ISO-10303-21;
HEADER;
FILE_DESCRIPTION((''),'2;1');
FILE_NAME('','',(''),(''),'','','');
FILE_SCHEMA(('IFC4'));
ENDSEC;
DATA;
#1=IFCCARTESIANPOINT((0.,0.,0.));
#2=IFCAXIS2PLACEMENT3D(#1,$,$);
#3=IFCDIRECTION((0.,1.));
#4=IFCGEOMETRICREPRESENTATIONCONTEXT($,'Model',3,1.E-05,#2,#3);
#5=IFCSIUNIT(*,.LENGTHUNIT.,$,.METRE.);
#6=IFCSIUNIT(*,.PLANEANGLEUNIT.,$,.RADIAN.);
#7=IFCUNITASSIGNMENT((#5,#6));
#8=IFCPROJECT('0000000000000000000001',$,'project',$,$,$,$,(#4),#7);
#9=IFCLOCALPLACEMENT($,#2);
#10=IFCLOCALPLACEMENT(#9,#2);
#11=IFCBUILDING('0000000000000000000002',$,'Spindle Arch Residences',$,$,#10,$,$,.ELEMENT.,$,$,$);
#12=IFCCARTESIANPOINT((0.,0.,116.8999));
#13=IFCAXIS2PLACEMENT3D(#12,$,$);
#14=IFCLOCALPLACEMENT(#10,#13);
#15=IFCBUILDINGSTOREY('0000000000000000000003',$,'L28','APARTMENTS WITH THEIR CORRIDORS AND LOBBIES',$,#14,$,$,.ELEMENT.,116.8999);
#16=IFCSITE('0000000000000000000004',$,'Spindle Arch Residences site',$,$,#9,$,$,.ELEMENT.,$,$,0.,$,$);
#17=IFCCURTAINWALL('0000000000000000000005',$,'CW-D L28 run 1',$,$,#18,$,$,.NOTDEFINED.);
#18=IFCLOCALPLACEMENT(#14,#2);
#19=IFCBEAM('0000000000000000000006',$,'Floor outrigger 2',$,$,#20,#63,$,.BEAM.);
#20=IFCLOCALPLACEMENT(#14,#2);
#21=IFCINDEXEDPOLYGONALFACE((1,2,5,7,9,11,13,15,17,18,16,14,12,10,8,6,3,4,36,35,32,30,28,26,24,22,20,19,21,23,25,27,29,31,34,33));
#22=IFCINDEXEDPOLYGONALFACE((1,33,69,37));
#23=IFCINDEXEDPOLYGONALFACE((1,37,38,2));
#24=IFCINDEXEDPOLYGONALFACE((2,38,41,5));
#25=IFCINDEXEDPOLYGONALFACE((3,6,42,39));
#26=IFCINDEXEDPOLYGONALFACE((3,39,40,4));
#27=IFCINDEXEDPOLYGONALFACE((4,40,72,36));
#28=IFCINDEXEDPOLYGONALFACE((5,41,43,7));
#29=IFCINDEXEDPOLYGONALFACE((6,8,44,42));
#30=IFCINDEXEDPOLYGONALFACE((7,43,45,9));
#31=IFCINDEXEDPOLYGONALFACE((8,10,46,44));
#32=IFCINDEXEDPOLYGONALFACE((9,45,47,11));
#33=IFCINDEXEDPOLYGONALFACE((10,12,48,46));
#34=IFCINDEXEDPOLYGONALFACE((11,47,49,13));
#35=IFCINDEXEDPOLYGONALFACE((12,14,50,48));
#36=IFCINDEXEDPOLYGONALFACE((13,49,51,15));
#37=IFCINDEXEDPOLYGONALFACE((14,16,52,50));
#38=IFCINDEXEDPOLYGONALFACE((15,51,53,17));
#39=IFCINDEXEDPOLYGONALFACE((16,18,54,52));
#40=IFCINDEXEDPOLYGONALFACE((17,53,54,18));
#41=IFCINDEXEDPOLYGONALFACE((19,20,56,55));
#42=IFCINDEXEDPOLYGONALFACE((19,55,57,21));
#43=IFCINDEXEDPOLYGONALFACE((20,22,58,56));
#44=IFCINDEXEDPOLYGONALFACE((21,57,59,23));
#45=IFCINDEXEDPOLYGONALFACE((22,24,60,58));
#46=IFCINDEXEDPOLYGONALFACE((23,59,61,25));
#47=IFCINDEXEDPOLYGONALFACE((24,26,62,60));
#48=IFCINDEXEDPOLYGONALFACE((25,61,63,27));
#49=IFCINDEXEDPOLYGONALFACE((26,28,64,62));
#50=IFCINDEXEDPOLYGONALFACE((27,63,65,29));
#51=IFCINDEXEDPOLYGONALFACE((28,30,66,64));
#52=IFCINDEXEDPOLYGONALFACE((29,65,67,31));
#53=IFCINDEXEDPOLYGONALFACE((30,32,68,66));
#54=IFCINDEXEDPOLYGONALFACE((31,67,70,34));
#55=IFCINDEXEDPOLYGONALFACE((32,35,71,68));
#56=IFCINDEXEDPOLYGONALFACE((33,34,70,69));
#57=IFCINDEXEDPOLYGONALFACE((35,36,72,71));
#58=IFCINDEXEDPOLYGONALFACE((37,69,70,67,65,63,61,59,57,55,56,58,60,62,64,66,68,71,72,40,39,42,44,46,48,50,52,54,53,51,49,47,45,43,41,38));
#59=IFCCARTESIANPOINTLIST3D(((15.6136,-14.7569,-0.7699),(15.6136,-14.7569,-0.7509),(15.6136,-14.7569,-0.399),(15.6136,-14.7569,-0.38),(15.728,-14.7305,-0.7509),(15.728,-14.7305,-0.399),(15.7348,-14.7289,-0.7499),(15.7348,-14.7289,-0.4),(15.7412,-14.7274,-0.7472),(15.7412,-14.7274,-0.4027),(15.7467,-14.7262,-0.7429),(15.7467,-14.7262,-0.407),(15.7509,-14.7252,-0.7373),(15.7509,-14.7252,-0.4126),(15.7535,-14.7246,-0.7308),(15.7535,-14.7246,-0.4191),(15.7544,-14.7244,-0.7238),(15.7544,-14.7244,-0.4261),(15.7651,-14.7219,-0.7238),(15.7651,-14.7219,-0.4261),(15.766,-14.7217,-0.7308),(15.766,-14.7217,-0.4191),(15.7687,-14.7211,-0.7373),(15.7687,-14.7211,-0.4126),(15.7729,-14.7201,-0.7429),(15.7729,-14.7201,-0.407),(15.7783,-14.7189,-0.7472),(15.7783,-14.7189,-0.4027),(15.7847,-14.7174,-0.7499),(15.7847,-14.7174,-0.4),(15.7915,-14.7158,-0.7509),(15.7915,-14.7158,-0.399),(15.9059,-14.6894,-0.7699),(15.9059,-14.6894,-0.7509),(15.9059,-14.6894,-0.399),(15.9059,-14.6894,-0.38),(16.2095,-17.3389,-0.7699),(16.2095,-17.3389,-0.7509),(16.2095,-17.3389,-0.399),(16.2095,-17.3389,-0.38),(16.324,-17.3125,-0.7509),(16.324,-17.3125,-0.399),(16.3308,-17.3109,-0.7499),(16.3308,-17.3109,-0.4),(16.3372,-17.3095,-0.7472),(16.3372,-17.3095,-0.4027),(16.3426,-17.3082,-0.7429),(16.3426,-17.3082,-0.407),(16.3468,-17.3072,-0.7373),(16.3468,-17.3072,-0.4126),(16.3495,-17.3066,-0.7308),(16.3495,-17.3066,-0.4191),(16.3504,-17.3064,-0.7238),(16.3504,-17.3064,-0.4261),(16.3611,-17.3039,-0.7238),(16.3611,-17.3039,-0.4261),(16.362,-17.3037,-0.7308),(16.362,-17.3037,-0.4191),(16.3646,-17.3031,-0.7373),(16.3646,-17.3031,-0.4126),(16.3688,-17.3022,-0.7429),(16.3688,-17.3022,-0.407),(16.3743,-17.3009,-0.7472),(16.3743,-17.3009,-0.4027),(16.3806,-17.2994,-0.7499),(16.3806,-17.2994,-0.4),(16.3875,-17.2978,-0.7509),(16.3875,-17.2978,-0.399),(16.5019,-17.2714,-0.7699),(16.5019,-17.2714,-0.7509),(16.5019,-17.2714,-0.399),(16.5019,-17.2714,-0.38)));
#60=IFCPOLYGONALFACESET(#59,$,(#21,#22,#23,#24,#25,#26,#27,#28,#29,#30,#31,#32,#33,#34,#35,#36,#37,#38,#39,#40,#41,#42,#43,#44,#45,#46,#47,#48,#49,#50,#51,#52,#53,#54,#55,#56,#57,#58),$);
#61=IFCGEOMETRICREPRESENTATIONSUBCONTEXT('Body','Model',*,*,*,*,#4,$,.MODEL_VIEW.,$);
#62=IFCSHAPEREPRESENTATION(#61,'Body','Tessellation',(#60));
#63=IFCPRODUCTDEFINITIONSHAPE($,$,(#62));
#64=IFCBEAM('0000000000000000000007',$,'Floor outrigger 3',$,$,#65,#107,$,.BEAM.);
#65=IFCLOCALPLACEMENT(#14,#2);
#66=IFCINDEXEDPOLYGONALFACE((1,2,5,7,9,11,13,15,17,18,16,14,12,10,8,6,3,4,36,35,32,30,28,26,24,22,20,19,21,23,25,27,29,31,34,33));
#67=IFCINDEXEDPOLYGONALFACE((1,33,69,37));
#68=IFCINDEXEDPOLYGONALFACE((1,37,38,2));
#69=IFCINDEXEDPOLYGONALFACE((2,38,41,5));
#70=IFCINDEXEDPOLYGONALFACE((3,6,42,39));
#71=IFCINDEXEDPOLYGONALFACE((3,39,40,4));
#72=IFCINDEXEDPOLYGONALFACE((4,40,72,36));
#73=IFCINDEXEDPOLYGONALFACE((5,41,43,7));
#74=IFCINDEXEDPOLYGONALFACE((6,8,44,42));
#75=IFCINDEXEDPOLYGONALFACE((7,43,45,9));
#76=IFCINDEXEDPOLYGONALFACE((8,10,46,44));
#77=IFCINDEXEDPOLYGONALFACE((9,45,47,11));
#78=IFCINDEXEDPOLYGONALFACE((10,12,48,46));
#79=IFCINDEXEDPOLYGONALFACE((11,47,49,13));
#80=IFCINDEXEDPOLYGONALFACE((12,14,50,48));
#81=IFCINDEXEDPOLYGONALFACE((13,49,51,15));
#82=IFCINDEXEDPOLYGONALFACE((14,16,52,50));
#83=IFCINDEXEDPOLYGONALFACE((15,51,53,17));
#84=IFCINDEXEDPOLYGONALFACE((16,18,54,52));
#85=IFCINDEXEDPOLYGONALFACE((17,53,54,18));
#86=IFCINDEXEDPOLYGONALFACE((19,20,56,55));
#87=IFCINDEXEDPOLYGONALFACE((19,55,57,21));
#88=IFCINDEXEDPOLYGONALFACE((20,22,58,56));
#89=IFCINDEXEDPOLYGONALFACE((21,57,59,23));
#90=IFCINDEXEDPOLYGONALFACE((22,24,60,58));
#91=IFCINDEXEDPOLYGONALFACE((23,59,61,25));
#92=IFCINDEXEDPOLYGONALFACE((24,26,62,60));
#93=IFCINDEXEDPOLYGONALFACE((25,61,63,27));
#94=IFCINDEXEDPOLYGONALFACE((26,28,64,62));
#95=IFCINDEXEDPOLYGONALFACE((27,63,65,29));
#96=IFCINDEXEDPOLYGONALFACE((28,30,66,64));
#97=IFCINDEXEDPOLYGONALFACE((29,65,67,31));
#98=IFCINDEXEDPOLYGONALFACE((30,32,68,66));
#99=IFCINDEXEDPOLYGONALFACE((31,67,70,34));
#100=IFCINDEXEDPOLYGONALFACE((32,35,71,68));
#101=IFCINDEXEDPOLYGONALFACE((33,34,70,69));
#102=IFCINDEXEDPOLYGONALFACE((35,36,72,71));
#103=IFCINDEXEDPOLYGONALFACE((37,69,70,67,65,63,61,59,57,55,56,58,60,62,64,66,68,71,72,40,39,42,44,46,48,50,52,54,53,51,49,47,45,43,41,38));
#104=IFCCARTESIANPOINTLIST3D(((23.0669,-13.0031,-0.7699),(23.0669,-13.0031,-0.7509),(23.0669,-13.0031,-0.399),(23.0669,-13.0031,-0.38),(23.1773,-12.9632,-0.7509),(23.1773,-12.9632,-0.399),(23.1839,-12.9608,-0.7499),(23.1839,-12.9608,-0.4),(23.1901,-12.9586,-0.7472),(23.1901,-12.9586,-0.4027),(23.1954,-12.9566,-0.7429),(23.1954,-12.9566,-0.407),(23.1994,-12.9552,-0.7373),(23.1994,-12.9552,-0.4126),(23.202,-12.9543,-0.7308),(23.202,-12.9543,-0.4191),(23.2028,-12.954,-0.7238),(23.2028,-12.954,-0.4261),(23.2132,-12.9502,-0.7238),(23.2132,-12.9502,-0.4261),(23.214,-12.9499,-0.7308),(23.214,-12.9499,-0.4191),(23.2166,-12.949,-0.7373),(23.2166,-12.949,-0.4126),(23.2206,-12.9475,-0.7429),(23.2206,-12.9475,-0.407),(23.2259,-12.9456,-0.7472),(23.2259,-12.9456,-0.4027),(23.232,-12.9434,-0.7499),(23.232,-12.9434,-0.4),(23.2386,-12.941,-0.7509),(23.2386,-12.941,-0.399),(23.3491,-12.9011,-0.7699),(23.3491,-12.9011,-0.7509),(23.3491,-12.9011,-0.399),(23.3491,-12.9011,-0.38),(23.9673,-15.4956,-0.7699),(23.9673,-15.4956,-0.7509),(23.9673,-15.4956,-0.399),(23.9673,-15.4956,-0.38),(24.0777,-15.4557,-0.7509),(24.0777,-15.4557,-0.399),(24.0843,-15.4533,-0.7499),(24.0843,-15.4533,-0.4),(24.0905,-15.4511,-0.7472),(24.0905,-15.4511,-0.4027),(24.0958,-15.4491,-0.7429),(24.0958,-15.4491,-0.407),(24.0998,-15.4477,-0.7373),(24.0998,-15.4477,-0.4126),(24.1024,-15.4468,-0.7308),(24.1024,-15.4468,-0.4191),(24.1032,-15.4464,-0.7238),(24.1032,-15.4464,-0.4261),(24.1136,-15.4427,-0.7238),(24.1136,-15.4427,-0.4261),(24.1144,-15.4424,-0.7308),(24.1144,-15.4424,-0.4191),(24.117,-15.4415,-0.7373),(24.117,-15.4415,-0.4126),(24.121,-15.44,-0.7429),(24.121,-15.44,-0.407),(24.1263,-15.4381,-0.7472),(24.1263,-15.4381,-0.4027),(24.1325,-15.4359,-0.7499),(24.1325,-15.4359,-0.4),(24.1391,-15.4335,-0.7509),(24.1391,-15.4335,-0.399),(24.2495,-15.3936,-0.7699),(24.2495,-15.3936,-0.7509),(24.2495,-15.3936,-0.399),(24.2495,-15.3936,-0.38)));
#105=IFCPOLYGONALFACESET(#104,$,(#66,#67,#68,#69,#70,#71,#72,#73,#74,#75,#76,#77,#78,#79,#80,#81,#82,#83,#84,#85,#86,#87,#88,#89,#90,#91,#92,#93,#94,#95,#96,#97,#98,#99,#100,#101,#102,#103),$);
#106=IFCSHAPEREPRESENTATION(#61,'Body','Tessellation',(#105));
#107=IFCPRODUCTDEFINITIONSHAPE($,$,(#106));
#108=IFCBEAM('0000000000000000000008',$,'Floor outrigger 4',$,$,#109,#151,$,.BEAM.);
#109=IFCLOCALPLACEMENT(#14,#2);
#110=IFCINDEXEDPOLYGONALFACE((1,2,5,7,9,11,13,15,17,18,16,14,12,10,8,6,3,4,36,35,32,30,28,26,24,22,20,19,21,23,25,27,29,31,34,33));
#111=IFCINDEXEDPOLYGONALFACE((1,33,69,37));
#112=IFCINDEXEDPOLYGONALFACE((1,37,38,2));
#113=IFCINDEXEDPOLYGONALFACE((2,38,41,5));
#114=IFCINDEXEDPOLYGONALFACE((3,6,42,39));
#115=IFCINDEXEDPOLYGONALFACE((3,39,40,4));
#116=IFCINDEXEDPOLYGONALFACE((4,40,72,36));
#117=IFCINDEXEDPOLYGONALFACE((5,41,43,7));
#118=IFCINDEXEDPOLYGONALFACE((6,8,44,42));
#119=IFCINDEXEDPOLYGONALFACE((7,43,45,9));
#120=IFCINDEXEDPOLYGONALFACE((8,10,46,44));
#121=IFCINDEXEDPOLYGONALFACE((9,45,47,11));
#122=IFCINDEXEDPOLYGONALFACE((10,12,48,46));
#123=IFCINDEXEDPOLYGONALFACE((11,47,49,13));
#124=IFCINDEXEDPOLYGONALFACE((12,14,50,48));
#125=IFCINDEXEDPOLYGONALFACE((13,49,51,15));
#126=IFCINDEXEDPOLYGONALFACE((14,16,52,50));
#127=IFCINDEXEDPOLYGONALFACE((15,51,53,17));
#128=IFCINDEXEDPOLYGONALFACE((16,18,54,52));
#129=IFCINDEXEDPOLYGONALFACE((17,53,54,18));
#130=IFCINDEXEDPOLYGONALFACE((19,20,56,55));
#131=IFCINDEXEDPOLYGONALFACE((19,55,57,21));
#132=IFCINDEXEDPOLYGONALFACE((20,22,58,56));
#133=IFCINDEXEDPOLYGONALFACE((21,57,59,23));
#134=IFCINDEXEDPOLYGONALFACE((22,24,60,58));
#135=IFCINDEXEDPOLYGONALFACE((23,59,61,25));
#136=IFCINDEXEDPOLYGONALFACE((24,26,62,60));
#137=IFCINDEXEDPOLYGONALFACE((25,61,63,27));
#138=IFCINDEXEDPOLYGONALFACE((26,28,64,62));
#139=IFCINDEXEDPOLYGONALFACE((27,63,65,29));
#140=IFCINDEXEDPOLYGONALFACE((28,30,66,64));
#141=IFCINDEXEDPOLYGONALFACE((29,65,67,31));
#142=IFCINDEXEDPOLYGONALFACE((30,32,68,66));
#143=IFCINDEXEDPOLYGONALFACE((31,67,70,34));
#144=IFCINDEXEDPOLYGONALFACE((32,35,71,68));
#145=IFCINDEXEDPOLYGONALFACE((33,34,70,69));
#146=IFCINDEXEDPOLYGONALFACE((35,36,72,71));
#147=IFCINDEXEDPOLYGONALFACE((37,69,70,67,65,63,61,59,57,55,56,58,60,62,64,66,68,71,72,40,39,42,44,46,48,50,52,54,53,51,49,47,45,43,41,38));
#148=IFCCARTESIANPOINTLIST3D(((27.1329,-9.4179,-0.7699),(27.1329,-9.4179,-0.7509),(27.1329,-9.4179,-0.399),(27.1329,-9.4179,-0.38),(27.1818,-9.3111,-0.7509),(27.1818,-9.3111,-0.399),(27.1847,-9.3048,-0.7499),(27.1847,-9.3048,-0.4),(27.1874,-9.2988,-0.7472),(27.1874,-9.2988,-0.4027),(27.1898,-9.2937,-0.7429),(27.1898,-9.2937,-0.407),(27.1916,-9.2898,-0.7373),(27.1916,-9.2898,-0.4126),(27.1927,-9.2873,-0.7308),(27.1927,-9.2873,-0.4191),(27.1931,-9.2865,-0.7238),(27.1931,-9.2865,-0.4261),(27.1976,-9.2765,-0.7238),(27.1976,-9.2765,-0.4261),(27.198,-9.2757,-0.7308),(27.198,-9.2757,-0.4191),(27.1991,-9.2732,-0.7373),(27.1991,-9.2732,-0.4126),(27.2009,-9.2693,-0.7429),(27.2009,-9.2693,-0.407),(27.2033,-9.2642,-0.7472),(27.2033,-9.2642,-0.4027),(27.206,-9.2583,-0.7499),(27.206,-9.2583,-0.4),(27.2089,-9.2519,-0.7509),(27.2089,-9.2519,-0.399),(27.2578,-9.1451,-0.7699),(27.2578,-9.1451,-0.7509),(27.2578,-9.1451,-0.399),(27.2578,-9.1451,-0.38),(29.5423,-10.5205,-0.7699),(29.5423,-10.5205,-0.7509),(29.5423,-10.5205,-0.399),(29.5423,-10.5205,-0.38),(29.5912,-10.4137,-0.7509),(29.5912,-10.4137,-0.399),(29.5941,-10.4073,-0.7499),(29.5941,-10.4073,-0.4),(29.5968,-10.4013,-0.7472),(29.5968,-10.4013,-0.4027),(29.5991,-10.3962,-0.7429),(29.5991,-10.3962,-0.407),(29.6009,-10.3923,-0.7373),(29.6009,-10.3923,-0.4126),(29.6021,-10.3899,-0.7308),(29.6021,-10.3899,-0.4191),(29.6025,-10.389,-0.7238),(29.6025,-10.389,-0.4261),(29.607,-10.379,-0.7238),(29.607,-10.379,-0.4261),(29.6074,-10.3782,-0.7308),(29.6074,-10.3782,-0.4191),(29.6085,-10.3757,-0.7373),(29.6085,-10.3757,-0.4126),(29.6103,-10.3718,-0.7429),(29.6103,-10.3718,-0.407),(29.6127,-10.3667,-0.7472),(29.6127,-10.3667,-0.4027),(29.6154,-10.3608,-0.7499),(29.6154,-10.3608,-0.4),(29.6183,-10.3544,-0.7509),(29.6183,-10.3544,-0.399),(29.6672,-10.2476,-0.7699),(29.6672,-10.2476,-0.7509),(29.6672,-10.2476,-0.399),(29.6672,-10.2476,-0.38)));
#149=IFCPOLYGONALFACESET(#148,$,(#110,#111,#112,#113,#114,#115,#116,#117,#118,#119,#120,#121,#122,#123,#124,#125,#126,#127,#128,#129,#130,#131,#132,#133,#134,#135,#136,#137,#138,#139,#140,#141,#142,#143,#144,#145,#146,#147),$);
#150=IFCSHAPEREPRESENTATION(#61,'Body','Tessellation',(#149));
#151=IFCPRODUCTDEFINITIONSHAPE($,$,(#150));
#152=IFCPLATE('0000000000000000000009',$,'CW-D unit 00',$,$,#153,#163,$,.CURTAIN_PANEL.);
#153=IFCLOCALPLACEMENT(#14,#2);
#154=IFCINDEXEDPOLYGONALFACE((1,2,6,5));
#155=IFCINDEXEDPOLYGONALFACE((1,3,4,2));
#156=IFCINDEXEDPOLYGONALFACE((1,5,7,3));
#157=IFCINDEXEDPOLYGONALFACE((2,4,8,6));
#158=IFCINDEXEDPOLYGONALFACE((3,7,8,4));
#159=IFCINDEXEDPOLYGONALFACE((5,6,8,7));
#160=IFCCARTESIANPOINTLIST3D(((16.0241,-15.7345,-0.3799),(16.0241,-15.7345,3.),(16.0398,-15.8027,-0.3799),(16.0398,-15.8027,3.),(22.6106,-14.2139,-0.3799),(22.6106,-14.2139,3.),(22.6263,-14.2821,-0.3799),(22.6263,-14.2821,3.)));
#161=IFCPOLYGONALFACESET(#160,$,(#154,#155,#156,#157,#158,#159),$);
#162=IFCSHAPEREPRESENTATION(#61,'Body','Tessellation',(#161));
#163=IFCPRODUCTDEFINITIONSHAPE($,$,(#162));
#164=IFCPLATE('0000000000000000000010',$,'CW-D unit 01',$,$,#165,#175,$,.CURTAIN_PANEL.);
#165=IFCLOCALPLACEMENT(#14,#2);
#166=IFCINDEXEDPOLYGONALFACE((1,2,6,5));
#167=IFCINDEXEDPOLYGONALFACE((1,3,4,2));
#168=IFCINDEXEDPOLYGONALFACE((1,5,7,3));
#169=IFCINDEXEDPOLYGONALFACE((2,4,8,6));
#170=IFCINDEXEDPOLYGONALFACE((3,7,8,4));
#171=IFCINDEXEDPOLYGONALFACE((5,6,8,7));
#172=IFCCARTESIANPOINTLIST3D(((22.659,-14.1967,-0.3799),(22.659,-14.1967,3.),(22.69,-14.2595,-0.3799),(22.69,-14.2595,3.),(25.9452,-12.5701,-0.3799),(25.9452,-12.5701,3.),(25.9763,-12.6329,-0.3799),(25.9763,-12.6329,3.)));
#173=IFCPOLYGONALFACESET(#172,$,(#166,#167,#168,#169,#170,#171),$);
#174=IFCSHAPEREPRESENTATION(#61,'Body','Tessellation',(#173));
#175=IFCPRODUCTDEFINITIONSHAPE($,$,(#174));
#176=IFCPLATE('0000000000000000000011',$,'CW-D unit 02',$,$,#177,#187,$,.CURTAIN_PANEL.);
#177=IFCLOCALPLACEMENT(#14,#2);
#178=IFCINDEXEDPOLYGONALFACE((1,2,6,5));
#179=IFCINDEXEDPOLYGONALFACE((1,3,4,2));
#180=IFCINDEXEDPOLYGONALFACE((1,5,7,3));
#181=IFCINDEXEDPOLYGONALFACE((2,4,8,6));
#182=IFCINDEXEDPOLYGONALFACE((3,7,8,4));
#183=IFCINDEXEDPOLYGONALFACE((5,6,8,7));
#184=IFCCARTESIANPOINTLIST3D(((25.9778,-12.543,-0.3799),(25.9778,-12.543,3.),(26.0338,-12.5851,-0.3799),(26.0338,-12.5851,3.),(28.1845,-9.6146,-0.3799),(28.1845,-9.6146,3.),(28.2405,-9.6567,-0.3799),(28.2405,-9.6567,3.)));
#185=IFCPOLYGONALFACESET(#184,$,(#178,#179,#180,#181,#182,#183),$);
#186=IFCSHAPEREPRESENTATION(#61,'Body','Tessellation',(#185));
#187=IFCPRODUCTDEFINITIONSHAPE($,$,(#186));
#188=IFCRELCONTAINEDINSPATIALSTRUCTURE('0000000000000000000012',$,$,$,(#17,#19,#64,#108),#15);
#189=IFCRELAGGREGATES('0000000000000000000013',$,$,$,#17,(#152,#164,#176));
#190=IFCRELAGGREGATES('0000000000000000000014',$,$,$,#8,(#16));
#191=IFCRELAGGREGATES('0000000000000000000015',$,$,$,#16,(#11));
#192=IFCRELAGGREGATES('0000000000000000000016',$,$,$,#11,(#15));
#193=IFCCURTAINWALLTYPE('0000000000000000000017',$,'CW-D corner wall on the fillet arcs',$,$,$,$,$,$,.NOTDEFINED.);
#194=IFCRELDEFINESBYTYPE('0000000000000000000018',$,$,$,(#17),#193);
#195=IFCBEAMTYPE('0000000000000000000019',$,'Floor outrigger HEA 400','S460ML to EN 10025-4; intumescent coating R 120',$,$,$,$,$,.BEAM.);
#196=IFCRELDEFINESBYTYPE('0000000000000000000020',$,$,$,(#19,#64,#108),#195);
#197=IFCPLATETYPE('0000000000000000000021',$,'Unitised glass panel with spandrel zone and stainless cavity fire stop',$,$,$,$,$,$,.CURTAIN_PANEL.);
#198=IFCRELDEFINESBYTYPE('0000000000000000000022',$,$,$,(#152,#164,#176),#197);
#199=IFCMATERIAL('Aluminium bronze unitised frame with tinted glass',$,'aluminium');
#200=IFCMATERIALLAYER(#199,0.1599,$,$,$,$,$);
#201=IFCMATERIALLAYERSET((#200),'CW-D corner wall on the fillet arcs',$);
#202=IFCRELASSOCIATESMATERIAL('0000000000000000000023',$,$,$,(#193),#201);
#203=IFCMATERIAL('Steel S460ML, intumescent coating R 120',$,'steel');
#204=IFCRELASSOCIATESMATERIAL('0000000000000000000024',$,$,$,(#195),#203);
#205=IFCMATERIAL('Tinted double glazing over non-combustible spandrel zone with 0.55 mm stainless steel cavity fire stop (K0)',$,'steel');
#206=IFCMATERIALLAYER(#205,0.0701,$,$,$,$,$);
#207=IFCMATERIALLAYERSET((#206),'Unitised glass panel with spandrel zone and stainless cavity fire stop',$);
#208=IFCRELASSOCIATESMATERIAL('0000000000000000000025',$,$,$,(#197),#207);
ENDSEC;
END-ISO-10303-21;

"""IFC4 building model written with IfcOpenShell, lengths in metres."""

from ifc_helpers import new_model, si_unit, direction, frame, origin, origin_2d, place, context, subcontext, project, spatial, rectangle, i_section, extrude, material, layer, layer_set, material_profile, profile_set, type_object, element, aggregate, save


model = new_model("IFC4")

# Units and contexts
model_context = context("Model", 3, precision=1e-05, world=origin(), true_north=direction((0.0, 1.0)))
body_context = subcontext(model_context, "Body", "Model", "MODEL_VIEW")
ifc_project = project(units=[si_unit("LENGTHUNIT", "METRE"), si_unit("PLANEANGLEUNIT", "RADIAN")], contexts=[model_context])

# Site, building, storey
site_placement = place(None, origin())
site = spatial("IfcSite", under=ifc_project, at=site_placement, Name="Spindle Arch Residences site", CompositionType="ELEMENT", RefElevation=0.0)
building_placement = place(site_placement, origin())
building = spatial("IfcBuilding", under=site, at=building_placement, Name="Spindle Arch Residences", CompositionType="ELEMENT")
storey_placement = place(building_placement, frame((0.0, 0.0, 116.8999)))
storey = spatial("IfcBuildingStorey", under=building, at=storey_placement, Name="L28", Description="APARTMENTS WITH THEIR CORRIDORS AND LOBBIES", CompositionType="ELEMENT", Elevation=116.8999)

# Curtain wall
ifc_material_1 = material(Name="Aluminium bronze unitised frame with tinted glass", Category="aluminium")
ifc_layer_1 = layer(ifc_material_1, 0.1599)
ifc_layer_set_1 = layer_set([ifc_layer_1], Name="CW-D corner wall on the fillet arcs")
curtain_wall_type = type_object("IfcCurtainWallType", Name="CW-D corner wall on the fillet arcs", PredefinedType="NOTDEFINED", material=ifc_layer_set_1)
curtain_wall_placement = place(storey_placement, origin())
curtain_wall = element("IfcCurtainWall", 1, at=curtain_wall_placement, inside=storey, type_object=curtain_wall_type, Name="CW-D L28 run 1", PredefinedType="NOTDEFINED")

# Beams
ifc_material_2 = material(Name="Steel S460ML, intumescent coating R 120", Category="steel")
ifc_material_profile_1 = material_profile(ifc_material_2, i_section(OverallWidth=0.3, OverallDepth=0.3899, WebThickness=0.011, FlangeThickness=0.019, FilletRadius=0.0271, at=origin_2d()), Name="HEA 400")
ifc_profile_set_1 = profile_set([ifc_material_profile_1], Name="Steel S460ML, intumescent coating R 120")
beam_type_1 = type_object("IfcBeamType", Name="Floor outrigger HEA 400", Description="S460ML to EN 10025-4; intumescent coating R 120", PredefinedType="BEAM", material=ifc_profile_set_1)
beam_1_placement = place(storey_placement, frame((16.3557, -17.3052, -0.575), z_axis=(-0.224893, 0.974383, 0.0), x_axis=(-0.974383, -0.224893, 0.0)))
element("IfcBeam", 2, at=beam_1_placement, inside=storey, type_object=beam_type_1, Name="Floor outrigger 2", PredefinedType="BEAM", context=body_context, shape_type="SweptSolid", body=[
    extrude(i_section(OverallWidth=0.3, OverallDepth=0.3899, WebThickness=0.011, FlangeThickness=0.019, FilletRadius=0.0271, at=origin_2d()), origin(), (0.0, 0.0, 1.0), 2.6499),
])
beam_2_placement = place(storey_placement, frame((24.1084, -15.4446, -0.575), z_axis=(-0.33976, 0.940512, 0.0), x_axis=(-0.940512, -0.33976, 0.0)))
element("IfcBeam", 3, at=beam_2_placement, inside=storey, type_object=beam_type_1, Name="Floor outrigger 3", PredefinedType="BEAM", context=body_context, shape_type="SweptSolid", body=[
    extrude(i_section(OverallWidth=0.3, OverallDepth=0.3899, WebThickness=0.011, FlangeThickness=0.019, FilletRadius=0.0271, at=origin_2d()), origin(), (0.0, 0.0, 1.0), 2.6501),
])
beam_3_placement = place(storey_placement, frame((29.6047, -10.384, -0.575), z_axis=(-0.909319, 0.416099, 0.0), x_axis=(-0.416099, -0.909319, 0.0)))
element("IfcBeam", 4, at=beam_3_placement, inside=storey, type_object=beam_type_1, Name="Floor outrigger 4", PredefinedType="BEAM", context=body_context, shape_type="SweptSolid", body=[
    extrude(i_section(OverallWidth=0.3, OverallDepth=0.3899, WebThickness=0.011, FlangeThickness=0.019, FilletRadius=0.0271, at=origin_2d()), origin(), (0.0, 0.0, 1.0), 2.6497),
])

# Plates
ifc_material_3 = material(Name="Tinted double glazing over non-combustible spandrel zone with 0.55 mm stainless steel cavity fire stop (K0)", Category="steel")
ifc_layer_2 = layer(ifc_material_3, 0.0701)
ifc_layer_set_2 = layer_set([ifc_layer_2], Name="Unitised glass panel with spandrel zone and stainless cavity fire stop")
plate_type = type_object("IfcPlateType", Name="Unitised glass panel with spandrel zone and stainless cavity fire stop", PredefinedType="CURTAIN_PANEL", material=ifc_layer_set_2)
plate_1_placement = place(storey_placement, frame((19.3252, -15.0083, -0.3799), z_axis=(0.0, 0.0, 1.0), x_axis=(0.97437, 0.224951, 0.0)))
plate_1 = element("IfcPlate", 5, at=plate_1_placement, type_object=plate_type, Name="CW-D unit 00", PredefinedType="CURTAIN_PANEL", context=body_context, shape_type="SweptSolid", body=[
    extrude(rectangle(XDim=6.7598, YDim=0.0701, at=origin_2d()), origin(), (0.0, 0.0, 1.0), 3.3799),
])
plate_2_placement = place(storey_placement, frame((24.3176, -13.4148, -0.3799), z_axis=(0.0, 0.0, 1.0), x_axis=(0.896229, 0.443593, 0.0)))
plate_2 = element("IfcPlate", 6, at=plate_2_placement, type_object=plate_type, Name="CW-D unit 01", PredefinedType="CURTAIN_PANEL", context=body_context, shape_type="SweptSolid", body=[
    extrude(rectangle(XDim=3.6667, YDim=0.0701, at=origin_2d()), origin(), (0.0, 0.0, 1.0), 3.3799),
])
plate_3_placement = place(storey_placement, frame((27.1091, -11.0999, -0.3799), z_axis=(0.0, 0.0, 1.0), x_axis=(0.601815, 0.798636, 0.0)))
plate_3 = element("IfcPlate", 7, at=plate_3_placement, type_object=plate_type, Name="CW-D unit 02", PredefinedType="CURTAIN_PANEL", context=body_context, shape_type="SweptSolid", body=[
    extrude(rectangle(XDim=3.6667, YDim=0.0701, at=origin_2d()), origin(), (0.0, 0.0, 1.0), 3.3799),
])
aggregate(curtain_wall, [plate_1, plate_2, plate_3])

save(model, "model.ifc")
